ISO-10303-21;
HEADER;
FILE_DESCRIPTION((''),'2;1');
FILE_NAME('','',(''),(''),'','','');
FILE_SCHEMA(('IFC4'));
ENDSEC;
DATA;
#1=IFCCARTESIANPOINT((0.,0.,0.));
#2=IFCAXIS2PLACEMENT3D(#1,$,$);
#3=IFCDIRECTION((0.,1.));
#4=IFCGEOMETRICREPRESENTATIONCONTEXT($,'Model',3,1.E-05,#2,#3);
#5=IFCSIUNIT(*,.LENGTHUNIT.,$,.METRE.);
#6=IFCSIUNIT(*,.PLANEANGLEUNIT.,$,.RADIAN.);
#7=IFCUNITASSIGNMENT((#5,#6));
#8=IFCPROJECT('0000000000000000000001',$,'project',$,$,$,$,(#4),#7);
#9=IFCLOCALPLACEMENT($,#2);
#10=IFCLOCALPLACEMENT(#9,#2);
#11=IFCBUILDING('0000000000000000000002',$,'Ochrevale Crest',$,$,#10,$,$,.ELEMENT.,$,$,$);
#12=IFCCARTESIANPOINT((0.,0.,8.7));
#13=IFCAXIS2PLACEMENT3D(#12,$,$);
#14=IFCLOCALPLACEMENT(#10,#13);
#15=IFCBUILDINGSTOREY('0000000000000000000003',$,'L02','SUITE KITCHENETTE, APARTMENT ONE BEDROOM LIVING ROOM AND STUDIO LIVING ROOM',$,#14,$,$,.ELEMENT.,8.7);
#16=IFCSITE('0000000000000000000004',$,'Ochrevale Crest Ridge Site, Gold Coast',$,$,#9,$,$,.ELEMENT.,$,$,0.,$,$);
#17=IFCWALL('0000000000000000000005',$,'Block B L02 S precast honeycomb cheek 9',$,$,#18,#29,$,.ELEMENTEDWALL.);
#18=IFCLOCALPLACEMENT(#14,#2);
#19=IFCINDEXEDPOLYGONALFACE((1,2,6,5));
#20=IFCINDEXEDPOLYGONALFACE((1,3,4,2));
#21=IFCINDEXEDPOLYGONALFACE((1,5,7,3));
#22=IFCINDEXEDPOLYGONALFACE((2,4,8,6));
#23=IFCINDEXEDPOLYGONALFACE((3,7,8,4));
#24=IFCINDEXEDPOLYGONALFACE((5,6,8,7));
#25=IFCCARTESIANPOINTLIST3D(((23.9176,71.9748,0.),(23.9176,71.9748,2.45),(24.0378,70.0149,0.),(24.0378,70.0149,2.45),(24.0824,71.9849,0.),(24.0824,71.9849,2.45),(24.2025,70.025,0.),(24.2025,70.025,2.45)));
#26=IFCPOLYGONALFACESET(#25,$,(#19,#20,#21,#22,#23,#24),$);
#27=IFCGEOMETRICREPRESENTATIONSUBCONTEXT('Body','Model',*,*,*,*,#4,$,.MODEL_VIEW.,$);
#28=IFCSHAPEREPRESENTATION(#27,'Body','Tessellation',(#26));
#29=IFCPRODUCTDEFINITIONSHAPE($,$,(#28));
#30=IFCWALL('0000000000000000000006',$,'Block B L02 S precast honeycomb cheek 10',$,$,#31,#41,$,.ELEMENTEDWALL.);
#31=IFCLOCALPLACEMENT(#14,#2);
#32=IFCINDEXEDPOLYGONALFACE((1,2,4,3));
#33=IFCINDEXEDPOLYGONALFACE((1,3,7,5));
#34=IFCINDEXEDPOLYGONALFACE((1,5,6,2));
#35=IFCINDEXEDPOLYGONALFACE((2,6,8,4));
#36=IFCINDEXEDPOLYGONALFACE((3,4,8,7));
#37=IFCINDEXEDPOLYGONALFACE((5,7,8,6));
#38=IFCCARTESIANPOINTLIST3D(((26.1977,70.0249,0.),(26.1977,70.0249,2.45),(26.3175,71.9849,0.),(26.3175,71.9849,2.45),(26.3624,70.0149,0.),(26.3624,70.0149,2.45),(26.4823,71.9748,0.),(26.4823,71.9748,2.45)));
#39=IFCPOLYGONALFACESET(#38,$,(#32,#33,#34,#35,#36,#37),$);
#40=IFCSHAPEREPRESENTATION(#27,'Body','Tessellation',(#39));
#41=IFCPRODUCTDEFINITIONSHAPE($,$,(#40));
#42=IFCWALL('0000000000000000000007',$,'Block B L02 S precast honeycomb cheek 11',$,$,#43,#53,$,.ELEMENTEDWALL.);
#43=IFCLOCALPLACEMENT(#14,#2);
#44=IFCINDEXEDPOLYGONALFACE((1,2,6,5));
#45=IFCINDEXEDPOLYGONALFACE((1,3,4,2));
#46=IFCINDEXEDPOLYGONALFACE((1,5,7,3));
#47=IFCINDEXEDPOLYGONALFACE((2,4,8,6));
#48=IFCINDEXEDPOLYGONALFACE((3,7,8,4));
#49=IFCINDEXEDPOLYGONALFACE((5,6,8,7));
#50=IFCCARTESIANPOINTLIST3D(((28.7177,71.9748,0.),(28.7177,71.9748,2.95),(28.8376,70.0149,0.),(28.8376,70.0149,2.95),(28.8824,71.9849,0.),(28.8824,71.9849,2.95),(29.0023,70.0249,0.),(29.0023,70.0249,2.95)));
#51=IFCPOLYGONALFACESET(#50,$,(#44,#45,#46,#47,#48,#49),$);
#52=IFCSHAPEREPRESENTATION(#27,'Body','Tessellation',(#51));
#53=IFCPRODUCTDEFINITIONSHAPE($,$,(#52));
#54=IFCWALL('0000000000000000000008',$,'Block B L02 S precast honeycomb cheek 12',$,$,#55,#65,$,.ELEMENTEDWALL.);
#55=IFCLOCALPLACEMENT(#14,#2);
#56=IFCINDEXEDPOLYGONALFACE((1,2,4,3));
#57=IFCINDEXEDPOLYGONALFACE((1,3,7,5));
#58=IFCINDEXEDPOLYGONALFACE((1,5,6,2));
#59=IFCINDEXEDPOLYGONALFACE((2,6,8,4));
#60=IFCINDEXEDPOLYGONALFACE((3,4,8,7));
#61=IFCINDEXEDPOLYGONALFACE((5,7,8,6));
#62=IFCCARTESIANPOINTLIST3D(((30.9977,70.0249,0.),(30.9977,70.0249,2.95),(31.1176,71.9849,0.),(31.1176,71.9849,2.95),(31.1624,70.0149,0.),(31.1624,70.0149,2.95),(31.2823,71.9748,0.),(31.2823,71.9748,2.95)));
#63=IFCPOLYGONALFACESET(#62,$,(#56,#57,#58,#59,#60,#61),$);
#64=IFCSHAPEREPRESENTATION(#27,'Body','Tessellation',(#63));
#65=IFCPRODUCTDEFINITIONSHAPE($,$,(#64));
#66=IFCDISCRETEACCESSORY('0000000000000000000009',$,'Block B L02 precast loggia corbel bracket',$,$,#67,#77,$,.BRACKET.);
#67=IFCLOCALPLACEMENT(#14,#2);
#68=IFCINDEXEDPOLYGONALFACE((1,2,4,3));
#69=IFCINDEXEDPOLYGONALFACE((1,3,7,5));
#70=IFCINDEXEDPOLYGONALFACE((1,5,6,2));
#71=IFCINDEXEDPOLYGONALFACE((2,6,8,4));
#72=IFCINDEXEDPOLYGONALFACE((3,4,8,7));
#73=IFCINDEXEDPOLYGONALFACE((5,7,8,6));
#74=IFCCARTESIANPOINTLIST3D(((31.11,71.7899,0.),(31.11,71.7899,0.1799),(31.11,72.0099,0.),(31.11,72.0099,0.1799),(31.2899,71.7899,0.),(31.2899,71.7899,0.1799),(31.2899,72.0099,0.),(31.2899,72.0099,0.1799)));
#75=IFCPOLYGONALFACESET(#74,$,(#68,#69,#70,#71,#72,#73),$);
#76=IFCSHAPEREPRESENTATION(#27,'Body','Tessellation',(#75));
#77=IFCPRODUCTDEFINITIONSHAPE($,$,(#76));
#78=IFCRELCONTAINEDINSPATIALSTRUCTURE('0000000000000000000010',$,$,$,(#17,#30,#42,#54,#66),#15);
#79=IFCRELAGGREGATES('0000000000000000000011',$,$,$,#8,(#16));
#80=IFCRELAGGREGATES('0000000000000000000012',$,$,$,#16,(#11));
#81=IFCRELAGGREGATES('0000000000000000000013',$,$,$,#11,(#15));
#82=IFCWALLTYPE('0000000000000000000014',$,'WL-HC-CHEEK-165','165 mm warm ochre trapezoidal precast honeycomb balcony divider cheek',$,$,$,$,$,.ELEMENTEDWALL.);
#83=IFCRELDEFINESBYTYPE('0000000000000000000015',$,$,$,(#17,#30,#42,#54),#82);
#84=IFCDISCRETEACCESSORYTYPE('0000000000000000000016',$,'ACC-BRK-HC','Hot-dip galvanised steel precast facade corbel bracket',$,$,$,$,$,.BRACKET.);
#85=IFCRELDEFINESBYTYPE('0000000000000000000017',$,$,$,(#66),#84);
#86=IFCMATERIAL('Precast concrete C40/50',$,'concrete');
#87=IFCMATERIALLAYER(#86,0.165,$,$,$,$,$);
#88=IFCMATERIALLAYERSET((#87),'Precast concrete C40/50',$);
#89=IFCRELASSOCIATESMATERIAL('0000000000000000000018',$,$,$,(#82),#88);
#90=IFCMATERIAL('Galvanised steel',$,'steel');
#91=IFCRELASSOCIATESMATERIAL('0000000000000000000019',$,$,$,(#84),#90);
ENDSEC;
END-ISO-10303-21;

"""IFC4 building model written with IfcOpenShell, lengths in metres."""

from ifc_helpers import new_model, si_unit, direction, frame, frame_2d, origin, origin_2d, place, context, subcontext, project, spatial, rectangle, extrude, material, layer, layer_set, type_object, element, save


model = new_model("IFC4")

# Units and contexts
model_context = context("Model", 3, precision=1e-05, world=origin(), true_north=direction((0.0, 1.0)))
body_context = subcontext(model_context, "Body", "Model", "MODEL_VIEW")
ifc_project = project(units=[si_unit("LENGTHUNIT", "METRE"), si_unit("PLANEANGLEUNIT", "RADIAN")], contexts=[model_context])

# Site, building, storey
site_placement = place(None, origin())
site = spatial("IfcSite", under=ifc_project, at=site_placement, Name="Ochrevale Crest Ridge Site, Gold Coast", CompositionType="ELEMENT", RefElevation=0.0)
building_placement = place(site_placement, origin())
building = spatial("IfcBuilding", under=site, at=building_placement, Name="Ochrevale Crest", CompositionType="ELEMENT")
storey_placement = place(building_placement, frame((0.0, 0.0, 8.7)))
storey = spatial("IfcBuildingStorey", under=building, at=storey_placement, Name="L02", Description="SUITE KITCHENETTE, APARTMENT ONE BEDROOM LIVING ROOM AND STUDIO LIVING ROOM", CompositionType="ELEMENT", Elevation=8.7)

# Shared definitions
ifc_material_1 = material(Name="Precast concrete C40/50", Category="concrete")

# Walls
ifc_layer_1 = layer(ifc_material_1, 0.165)
ifc_layer_set_1 = layer_set([ifc_layer_1], Name="Precast concrete C40/50")
wall_type = type_object("IfcWallType", Name="WL-HC-CHEEK-165", Description="165 mm warm ochre trapezoidal precast honeycomb balcony divider cheek", PredefinedType="ELEMENTEDWALL", material=ifc_layer_set_1)
for number, where, z_axis, x_axis, name in (
    (1, (24.0, 71.98, 0.0), (0.0, 0.0, 1.0), (0.061171, -0.998127, 0.0), "Block B L02 S precast honeycomb cheek 9"),
    (2, (26.3999, 71.98, 0.0), (0.0, 0.0, 1.0), (-0.061047, -0.998135, 0.0), "Block B L02 S precast honeycomb cheek 10"),
):
    element("IfcWall", number, at=place(storey_placement, frame(where, z_axis=z_axis, x_axis=x_axis)), inside=storey, type_object=wall_type, Name=name, PredefinedType="ELEMENTEDWALL", context=body_context, shape_type="SweptSolid", body=[
        extrude(rectangle(XDim=1.9636, YDim=0.165, at=frame_2d((0.9819, 0.0))), origin(), (0.0, 0.0, 1.0), 2.45),
    ])
for number, where, z_axis, x_axis, name in (
    (3, (28.8, 71.98, 0.0), (0.0, 0.0, 1.0), (0.061047, -0.998135, 0.0), "Block B L02 S precast honeycomb cheek 11"),
    (4, (31.2, 71.98, 0.0), (0.0, 0.0, 1.0), (-0.061047, -0.998135, 0.0), "Block B L02 S precast honeycomb cheek 12"),
):
    element("IfcWall", number, at=place(storey_placement, frame(where, z_axis=z_axis, x_axis=x_axis)), inside=storey, type_object=wall_type, Name=name, PredefinedType="ELEMENTEDWALL", context=body_context, shape_type="SweptSolid", body=[
        extrude(rectangle(XDim=1.9636, YDim=0.165, at=frame_2d((0.9819, 0.0))), origin(), (0.0, 0.0, 1.0), 2.95),
    ])

# Discrete accessory
ifc_material_2 = material(Name="Galvanised steel", Category="steel")
discrete_accessory_type = type_object("IfcDiscreteAccessoryType", Name="ACC-BRK-HC", Description="Hot-dip galvanised steel precast facade corbel bracket", PredefinedType="BRACKET", material=ifc_material_2)
discrete_accessory_placement = place(storey_placement, frame((31.2, 71.8999, 0.0), z_axis=(0.0, 0.0, 1.0), x_axis=(1.0, 0.0, 0.0)))
element("IfcDiscreteAccessory", 5, at=discrete_accessory_placement, inside=storey, type_object=discrete_accessory_type, Name="Block B L02 precast loggia corbel bracket", PredefinedType="BRACKET", context=body_context, shape_type="SweptSolid", body=[
    extrude(rectangle(XDim=0.1799, YDim=0.22, at=origin_2d()), origin(), (0.0, 0.0, 1.0), 0.1799),
])

save(model, "model.ifc")
